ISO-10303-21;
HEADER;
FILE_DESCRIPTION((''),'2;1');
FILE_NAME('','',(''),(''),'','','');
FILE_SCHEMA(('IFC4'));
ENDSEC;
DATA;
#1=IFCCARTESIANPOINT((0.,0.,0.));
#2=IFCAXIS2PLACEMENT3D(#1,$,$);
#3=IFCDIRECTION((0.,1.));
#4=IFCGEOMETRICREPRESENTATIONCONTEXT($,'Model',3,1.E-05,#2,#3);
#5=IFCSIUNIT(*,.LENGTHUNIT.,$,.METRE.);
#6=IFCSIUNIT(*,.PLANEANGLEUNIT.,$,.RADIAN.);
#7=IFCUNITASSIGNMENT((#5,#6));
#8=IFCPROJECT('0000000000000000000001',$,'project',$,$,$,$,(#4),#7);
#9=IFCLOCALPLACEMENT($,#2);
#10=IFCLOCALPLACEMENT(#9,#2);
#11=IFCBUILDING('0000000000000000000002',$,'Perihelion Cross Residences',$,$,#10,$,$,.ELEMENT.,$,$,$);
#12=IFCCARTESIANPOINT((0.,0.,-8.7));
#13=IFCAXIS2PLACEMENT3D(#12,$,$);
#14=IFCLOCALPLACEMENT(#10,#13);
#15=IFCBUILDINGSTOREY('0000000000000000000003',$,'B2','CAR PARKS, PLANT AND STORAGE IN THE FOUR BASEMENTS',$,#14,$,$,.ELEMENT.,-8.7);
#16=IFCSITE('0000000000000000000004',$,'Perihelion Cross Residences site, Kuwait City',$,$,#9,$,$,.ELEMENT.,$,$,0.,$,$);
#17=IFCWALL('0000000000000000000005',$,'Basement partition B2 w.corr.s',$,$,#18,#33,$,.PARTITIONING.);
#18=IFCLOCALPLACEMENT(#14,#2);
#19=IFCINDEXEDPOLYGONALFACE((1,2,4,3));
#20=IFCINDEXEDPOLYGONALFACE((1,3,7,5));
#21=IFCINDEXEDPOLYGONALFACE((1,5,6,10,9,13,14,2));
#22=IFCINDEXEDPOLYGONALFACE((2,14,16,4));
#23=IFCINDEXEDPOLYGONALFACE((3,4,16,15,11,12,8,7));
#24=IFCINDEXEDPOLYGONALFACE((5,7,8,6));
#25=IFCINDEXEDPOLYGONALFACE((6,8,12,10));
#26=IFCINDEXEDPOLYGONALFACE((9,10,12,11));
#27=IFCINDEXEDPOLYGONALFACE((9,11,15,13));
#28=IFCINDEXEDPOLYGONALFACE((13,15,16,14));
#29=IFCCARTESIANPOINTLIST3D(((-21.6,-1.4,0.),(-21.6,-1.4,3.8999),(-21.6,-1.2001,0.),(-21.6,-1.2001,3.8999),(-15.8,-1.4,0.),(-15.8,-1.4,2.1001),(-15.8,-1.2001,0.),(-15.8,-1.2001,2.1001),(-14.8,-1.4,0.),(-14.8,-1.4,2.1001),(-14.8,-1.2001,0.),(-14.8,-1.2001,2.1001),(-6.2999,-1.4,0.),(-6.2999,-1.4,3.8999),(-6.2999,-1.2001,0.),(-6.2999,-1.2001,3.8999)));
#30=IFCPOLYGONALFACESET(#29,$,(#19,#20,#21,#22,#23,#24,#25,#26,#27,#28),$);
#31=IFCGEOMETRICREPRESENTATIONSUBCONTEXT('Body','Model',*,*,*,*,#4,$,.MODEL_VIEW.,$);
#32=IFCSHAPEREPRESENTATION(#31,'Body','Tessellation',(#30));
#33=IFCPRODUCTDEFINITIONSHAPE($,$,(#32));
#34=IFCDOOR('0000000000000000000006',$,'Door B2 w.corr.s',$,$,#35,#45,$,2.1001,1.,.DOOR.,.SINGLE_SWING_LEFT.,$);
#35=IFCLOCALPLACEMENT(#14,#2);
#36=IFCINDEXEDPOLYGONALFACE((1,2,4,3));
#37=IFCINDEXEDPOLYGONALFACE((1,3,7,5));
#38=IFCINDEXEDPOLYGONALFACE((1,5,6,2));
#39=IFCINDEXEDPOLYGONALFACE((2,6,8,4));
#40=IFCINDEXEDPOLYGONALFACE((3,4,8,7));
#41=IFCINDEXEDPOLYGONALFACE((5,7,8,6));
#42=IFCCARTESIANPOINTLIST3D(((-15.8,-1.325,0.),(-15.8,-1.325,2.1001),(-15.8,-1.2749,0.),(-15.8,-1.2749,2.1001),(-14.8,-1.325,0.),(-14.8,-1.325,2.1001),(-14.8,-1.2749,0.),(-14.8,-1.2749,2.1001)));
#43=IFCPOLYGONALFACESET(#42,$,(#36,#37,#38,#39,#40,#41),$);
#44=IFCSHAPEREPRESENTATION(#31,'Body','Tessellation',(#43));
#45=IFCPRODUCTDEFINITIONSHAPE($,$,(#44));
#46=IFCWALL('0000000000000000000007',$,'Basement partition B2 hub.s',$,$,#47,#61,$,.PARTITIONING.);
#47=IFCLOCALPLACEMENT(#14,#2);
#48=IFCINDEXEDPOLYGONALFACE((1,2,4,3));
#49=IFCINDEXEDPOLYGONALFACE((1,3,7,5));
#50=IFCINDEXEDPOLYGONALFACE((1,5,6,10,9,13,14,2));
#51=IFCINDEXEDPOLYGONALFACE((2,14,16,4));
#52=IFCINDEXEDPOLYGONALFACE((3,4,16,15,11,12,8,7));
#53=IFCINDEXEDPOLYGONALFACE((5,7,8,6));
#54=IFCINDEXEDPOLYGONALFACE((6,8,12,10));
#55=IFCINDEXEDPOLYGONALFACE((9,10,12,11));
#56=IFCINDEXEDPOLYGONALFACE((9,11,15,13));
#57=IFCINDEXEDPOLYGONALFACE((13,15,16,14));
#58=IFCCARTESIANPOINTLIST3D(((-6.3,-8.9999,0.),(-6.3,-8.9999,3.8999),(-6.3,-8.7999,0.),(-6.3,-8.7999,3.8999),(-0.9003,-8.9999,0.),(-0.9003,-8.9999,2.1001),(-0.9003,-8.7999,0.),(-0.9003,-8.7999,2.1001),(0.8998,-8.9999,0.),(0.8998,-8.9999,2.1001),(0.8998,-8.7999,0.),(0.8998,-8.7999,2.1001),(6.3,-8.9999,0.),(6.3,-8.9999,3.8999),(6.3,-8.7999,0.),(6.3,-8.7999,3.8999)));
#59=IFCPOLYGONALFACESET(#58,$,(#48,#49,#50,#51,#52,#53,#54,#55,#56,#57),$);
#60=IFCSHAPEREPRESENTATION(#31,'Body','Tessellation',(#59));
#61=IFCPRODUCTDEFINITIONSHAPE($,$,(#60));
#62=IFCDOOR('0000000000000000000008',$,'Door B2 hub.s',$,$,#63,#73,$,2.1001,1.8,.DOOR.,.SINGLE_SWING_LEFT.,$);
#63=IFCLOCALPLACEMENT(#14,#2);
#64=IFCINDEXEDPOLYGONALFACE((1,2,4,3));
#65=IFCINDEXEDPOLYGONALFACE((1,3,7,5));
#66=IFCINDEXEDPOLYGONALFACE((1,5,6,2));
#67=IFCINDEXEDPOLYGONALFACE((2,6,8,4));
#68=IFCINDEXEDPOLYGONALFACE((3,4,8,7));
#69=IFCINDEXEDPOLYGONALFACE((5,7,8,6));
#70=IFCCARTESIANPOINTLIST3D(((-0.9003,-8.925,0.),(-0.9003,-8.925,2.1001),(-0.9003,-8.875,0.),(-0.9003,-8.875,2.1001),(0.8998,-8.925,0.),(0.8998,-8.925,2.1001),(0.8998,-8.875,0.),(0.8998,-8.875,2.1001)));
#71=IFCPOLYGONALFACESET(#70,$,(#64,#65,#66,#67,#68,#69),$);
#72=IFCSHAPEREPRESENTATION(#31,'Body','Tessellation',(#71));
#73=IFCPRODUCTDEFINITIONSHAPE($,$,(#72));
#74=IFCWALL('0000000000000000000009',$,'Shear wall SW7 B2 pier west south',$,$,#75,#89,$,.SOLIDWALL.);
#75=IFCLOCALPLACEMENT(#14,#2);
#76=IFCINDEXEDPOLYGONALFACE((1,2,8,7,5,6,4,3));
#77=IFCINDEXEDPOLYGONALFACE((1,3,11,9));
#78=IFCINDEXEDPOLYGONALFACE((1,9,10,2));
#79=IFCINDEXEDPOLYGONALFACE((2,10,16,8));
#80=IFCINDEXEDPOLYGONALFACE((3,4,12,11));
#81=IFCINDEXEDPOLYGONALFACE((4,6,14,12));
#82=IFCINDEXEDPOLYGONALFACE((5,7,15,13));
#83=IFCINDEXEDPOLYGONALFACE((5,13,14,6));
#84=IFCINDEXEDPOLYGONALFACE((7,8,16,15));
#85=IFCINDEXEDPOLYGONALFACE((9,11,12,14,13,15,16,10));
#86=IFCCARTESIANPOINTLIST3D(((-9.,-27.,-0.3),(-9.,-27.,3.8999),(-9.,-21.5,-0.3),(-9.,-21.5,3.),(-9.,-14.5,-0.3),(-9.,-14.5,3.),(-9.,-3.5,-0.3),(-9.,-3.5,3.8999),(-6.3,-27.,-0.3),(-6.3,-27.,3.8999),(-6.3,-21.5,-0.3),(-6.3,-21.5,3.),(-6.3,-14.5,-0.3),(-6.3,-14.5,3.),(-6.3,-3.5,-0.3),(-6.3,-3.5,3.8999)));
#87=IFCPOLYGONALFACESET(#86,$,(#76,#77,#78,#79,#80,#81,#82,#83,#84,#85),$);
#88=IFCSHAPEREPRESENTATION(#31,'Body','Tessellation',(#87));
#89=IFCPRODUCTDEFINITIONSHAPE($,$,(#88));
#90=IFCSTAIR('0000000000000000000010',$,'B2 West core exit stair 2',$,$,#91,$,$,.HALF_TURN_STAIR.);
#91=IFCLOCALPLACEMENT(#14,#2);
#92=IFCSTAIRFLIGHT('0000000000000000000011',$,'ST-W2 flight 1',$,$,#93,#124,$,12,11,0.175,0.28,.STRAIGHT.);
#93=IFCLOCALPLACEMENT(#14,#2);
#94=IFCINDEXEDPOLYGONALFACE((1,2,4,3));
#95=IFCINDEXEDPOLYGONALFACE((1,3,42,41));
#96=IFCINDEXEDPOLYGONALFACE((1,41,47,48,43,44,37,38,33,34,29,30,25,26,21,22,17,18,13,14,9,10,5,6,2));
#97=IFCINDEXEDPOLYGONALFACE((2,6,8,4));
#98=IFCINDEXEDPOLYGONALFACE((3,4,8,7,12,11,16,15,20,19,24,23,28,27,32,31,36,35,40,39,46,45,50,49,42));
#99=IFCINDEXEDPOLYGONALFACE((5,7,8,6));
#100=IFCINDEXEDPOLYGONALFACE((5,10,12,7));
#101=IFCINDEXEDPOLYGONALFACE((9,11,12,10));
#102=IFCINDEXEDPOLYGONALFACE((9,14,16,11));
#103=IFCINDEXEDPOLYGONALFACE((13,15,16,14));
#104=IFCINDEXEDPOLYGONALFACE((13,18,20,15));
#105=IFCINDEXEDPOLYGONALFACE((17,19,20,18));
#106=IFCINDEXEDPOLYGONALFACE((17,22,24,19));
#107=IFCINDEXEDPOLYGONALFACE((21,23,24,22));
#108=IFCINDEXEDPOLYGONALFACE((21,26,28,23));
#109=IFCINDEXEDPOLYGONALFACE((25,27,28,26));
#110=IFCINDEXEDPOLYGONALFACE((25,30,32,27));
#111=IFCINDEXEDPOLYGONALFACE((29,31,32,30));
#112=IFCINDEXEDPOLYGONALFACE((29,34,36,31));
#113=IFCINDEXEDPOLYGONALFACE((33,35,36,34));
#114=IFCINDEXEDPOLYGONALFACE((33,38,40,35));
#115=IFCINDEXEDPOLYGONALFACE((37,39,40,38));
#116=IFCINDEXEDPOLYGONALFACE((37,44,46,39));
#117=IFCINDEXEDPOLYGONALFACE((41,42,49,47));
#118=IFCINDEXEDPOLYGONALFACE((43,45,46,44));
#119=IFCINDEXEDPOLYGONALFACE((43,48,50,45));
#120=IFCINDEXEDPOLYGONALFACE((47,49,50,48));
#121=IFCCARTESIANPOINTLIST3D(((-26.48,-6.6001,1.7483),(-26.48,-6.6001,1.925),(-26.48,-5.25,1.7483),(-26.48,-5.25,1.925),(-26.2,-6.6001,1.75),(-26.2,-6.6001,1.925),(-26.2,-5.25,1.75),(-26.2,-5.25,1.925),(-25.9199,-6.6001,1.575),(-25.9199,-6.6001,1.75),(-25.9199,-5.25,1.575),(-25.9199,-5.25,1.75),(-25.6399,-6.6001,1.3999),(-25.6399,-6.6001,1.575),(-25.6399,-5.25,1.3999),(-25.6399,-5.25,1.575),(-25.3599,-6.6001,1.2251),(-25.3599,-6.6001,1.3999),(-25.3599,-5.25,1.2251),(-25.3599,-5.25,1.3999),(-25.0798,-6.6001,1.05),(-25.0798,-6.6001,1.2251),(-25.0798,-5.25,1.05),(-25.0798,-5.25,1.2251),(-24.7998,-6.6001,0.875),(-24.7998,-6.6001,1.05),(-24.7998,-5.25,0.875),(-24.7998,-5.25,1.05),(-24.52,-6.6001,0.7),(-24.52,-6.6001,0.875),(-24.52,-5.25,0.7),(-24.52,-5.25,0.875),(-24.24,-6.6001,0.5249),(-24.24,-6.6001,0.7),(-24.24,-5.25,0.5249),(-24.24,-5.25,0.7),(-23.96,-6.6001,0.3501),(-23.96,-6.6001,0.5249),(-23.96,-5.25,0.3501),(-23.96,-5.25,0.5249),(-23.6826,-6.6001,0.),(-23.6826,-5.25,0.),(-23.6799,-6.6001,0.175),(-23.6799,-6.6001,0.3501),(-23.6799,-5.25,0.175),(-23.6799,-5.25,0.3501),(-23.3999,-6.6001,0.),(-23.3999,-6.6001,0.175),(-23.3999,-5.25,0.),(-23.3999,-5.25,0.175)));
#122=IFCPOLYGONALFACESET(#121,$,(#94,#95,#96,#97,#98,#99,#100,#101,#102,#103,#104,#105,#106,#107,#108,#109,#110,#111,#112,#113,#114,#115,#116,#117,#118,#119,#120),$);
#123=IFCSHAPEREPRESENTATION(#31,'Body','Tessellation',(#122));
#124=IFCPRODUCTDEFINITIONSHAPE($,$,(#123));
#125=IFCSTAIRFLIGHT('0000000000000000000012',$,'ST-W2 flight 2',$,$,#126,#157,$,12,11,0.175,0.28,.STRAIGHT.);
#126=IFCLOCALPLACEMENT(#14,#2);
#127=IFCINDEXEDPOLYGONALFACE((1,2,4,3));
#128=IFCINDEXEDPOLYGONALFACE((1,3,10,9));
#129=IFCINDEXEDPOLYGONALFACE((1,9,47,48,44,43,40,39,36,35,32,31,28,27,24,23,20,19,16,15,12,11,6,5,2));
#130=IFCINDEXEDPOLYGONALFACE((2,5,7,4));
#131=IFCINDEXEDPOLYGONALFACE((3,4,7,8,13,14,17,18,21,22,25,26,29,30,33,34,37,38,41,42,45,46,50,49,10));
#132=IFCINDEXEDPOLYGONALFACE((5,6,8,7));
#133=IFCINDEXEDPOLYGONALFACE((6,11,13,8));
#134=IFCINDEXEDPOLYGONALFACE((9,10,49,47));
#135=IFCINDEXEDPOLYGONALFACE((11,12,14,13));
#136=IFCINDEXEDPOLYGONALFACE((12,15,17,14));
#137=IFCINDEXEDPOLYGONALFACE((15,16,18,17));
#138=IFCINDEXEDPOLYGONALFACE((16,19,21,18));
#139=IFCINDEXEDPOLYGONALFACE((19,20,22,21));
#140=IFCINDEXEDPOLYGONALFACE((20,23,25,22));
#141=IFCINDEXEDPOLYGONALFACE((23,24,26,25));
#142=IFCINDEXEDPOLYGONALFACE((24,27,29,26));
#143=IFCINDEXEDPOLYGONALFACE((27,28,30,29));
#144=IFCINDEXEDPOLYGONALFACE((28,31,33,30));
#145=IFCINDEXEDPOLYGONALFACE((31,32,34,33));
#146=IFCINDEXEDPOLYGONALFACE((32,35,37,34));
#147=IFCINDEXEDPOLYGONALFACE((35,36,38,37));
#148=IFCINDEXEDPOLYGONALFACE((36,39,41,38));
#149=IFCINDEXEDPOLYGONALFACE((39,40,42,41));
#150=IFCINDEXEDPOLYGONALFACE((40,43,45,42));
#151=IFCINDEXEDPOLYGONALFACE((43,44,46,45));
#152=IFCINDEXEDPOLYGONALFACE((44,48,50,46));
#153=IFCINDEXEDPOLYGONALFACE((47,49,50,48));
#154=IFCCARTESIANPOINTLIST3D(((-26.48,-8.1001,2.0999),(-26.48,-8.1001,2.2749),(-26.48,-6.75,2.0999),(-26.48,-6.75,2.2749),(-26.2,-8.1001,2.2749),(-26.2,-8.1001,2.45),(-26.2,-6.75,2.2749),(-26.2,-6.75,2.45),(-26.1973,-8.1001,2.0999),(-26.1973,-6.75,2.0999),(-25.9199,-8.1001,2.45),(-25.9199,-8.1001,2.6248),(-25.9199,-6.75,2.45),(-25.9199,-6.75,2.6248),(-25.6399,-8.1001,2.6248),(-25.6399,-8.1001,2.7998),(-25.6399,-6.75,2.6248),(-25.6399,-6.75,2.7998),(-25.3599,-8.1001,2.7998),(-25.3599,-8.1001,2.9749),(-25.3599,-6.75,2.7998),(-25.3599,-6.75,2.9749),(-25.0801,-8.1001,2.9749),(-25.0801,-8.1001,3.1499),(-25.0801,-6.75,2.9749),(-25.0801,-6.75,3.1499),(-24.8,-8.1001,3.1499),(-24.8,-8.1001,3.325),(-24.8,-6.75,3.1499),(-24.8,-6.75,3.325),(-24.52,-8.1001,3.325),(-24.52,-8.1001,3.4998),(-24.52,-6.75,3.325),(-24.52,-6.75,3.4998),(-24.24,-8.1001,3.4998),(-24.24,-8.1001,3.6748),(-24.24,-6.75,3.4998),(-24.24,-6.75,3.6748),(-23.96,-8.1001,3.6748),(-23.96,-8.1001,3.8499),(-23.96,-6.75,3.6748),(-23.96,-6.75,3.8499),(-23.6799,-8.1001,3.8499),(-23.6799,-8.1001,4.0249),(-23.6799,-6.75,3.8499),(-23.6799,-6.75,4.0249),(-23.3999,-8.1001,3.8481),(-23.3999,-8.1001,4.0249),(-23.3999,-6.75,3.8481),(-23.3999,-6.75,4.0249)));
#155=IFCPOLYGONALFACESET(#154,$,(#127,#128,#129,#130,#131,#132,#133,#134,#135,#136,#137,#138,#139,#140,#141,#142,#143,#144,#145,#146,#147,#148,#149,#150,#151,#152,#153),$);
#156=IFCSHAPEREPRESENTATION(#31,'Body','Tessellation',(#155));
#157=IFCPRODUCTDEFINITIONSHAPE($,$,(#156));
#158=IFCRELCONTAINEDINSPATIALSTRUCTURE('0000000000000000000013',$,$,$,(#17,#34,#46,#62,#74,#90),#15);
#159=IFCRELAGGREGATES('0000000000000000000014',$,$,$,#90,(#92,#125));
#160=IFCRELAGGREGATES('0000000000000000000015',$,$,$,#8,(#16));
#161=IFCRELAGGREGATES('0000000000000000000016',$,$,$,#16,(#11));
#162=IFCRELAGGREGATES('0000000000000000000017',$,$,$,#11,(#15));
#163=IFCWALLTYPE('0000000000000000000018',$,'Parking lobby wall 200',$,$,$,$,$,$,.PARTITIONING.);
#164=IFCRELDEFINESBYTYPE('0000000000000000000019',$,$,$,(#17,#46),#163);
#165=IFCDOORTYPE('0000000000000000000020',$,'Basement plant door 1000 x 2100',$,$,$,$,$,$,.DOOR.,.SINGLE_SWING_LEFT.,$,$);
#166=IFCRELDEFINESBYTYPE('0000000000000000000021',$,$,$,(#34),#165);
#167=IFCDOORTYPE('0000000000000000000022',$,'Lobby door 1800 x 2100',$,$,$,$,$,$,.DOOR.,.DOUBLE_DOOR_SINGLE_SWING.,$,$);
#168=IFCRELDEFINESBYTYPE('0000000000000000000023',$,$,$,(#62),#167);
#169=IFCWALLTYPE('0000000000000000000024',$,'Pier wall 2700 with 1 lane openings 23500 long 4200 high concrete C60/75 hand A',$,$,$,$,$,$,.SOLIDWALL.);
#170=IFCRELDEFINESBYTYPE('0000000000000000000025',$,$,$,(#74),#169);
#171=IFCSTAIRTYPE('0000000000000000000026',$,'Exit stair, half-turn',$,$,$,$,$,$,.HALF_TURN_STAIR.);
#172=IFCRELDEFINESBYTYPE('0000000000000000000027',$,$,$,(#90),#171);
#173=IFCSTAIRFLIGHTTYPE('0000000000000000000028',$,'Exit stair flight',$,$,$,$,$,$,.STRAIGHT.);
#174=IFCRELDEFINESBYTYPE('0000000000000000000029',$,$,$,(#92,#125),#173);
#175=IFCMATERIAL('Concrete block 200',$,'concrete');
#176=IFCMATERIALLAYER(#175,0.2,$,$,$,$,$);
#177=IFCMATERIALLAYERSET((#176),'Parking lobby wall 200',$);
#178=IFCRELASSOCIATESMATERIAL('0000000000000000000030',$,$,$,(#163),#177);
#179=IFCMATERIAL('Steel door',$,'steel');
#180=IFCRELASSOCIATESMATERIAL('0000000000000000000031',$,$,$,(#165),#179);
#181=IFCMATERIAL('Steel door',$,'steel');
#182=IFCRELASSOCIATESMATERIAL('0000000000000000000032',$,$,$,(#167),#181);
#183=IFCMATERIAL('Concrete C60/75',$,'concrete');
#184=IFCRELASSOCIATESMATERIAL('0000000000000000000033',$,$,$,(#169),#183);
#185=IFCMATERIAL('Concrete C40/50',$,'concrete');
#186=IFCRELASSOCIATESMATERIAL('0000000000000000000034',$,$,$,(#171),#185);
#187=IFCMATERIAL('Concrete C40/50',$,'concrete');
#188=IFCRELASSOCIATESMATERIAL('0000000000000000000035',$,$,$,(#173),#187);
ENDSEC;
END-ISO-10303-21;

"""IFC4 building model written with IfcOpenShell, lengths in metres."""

from ifc_helpers import new_model, si_unit, direction, frame, frame_2d, origin, place, context, subcontext, project, spatial, polyline, rectangle, outline, extrude, material, layer, layer_set, material_profile, profile_set, type_object, element, fill, aggregate, save


model = new_model("IFC4")

# Units and contexts
model_context = context("Model", 3, precision=1e-05, world=origin(), true_north=direction((0.0, 1.0)))
body_context = subcontext(model_context, "Body", "Model", "MODEL_VIEW")
ifc_project = project(units=[si_unit("LENGTHUNIT", "METRE"), si_unit("PLANEANGLEUNIT", "RADIAN")], contexts=[model_context])

# Site, building, storey
site_placement = place(None, origin())
site = spatial("IfcSite", under=ifc_project, at=site_placement, Name="Perihelion Cross Residences site, Kuwait City", CompositionType="ELEMENT", RefElevation=0.0)
building_placement = place(site_placement, origin())
building = spatial("IfcBuilding", under=site, at=building_placement, Name="Perihelion Cross Residences", CompositionType="ELEMENT")
storey_placement = place(building_placement, frame((0.0, 0.0, -8.7)))
storey = spatial("IfcBuildingStorey", under=building, at=storey_placement, Name="B2", Description="CAR PARKS, PLANT AND STORAGE IN THE FOUR BASEMENTS", CompositionType="ELEMENT", Elevation=-8.7)

# Walls, openings, doors
ifc_material_1 = material(Name="Concrete block 200", Category="concrete")
ifc_layer_1 = layer(ifc_material_1, 0.2)
ifc_layer_set_1 = layer_set([ifc_layer_1], Name="Parking lobby wall 200")
wall_type_1 = type_object("IfcWallType", Name="Parking lobby wall 200", PredefinedType="PARTITIONING", material=ifc_layer_set_1)
wall_1_placement = place(storey_placement, frame((-6.3, -1.3, 0.0), z_axis=(0.0, 0.0, 1.0), x_axis=(-1.0, 0.0, 0.0)))
wall_1 = element("IfcWall", 1, at=wall_1_placement, inside=storey, type_object=wall_type_1, Name="Basement partition B2 w.corr.s", PredefinedType="PARTITIONING", context=body_context, shape_type="SweptSolid", body=[
    extrude(rectangle(XDim=15.3, YDim=0.2, at=frame_2d((7.6499, 0.0))), origin(), (0.0, 0.0, 1.0), 3.8999),
])
opening_1_placement = place(wall_1_placement, frame((8.5, 0.0, 0.0)))
opening_1 = element("IfcOpeningElement", 2, at=opening_1_placement, cuts=wall_1, PredefinedType="OPENING", context=body_context, shape_type="SweptSolid", body=[
    extrude(rectangle(XDim=1.0, YDim=2.1001, at=frame_2d((0.5, 1.05))), frame((0.0, 0.1099, 0.0), z_axis=(0.0, -1.0, 0.0), x_axis=(1.0, 0.0, 0.0)), (0.0, 0.0, 1.0), 0.22),
])
ifc_material_2 = material(Name="Steel door", Category="steel")
door_type_1 = type_object("IfcDoorType", Name="Basement plant door 1000 x 2100", OperationType="SINGLE_SWING_LEFT", PredefinedType="DOOR", material=ifc_material_2)
door_1_placement = place(opening_1_placement, origin())
door_1 = element("IfcDoor", 3, at=door_1_placement, inside=storey, type_object=door_type_1, Name="Door B2 w.corr.s", OperationType="SINGLE_SWING_LEFT", OverallHeight=2.1001, OverallWidth=1.0, PredefinedType="DOOR", context=body_context, shape_type="SweptSolid", body=[
    extrude(rectangle(XDim=1.0, YDim=2.1001, at=frame_2d((0.5, 1.05))), frame((0.0, 0.0249, 0.0), z_axis=(0.0, -1.0, 0.0), x_axis=(1.0, 0.0, 0.0)), (0.0, 0.0, 1.0), 0.05),
])
fill(opening_1, door_1)
wall_2_placement = place(storey_placement, frame((-6.3, -8.8999, 0.0), z_axis=(0.0, 0.0, 1.0), x_axis=(1.0, 0.0, 0.0)))
wall_2 = element("IfcWall", 4, at=wall_2_placement, inside=storey, type_object=wall_type_1, Name="Basement partition B2 hub.s", PredefinedType="PARTITIONING", context=body_context, shape_type="SweptSolid", body=[
    extrude(rectangle(XDim=12.6001, YDim=0.2, at=frame_2d((6.3, 0.0))), origin(), (0.0, 0.0, 1.0), 3.8999),
])
opening_2_placement = place(wall_2_placement, frame((5.3999, 0.0, 0.0)))
opening_2 = element("IfcOpeningElement", 5, at=opening_2_placement, cuts=wall_2, PredefinedType="OPENING", context=body_context, shape_type="SweptSolid", body=[
    extrude(rectangle(XDim=1.8, YDim=2.1001, at=frame_2d((0.8999, 1.05))), frame((0.0, 0.1099, 0.0), z_axis=(0.0, -1.0, 0.0), x_axis=(1.0, 0.0, 0.0)), (0.0, 0.0, 1.0), 0.22),
])
ifc_material_3 = material(Name="Steel door", Category="steel")
door_type_2 = type_object("IfcDoorType", Name="Lobby door 1800 x 2100", OperationType="DOUBLE_DOOR_SINGLE_SWING", PredefinedType="DOOR", material=ifc_material_3)
door_2_placement = place(opening_2_placement, origin())
door_2 = element("IfcDoor", 6, at=door_2_placement, inside=storey, type_object=door_type_2, Name="Door B2 hub.s", OperationType="SINGLE_SWING_LEFT", OverallHeight=2.1001, OverallWidth=1.8, PredefinedType="DOOR", context=body_context, shape_type="SweptSolid", body=[
    extrude(rectangle(XDim=1.8, YDim=2.1001, at=frame_2d((0.8999, 1.05))), frame((0.0, 0.0249, 0.0), z_axis=(0.0, -1.0, 0.0), x_axis=(1.0, 0.0, 0.0)), (0.0, 0.0, 1.0), 0.05),
])
fill(opening_2, door_2)

# Wall
ifc_material_4 = material(Name="Concrete C60/75", Category="concrete")
ifc_material_profile_1 = material_profile(ifc_material_4, outline(polyline([(0.0, 0.0), (5.5, 0.0), (5.5, 3.3), (12.5, 3.3), (12.5, 0.0), (23.5, 0.0), (23.5, 4.2), (0.0, 4.2), (0.0, 0.0)])), Name="Pier wall")
ifc_profile_set_1 = profile_set([ifc_material_profile_1], Name="Concrete C60/75")
wall_type_2 = type_object("IfcWallType", Name="Pier wall 2700 with 1 lane openings 23500 long 4200 high concrete C60/75 hand A", PredefinedType="SOLIDWALL", material=ifc_profile_set_1)
wall_3_placement = place(storey_placement, frame((-9.0, -27.0, -0.3), z_axis=(1.0, 0.0, 0.0), x_axis=(0.0, 1.0, 0.0)))
element("IfcWall", 7, at=wall_3_placement, inside=storey, type_object=wall_type_2, Name="Shear wall SW7 B2 pier west south", PredefinedType="SOLIDWALL", context=body_context, shape_type="SweptSolid", body=[
    extrude(outline(polyline([(0.0, 0.0), (5.5, 0.0), (5.5, 3.3), (12.5, 3.3), (12.5, 0.0), (23.5, 0.0), (23.5, 4.2), (0.0, 4.2), (0.0, 0.0)])), origin(), (0.0, 0.0, 1.0), 2.7),
])

# Stair, stair flights
ifc_material_5 = material(Name="Concrete C40/50", Category="concrete")
stair_type = type_object("IfcStairType", Name="Exit stair, half-turn", PredefinedType="HALF_TURN_STAIR", material=ifc_material_5)
stair_placement = place(storey_placement, origin())
stair = element("IfcStair", 8, at=stair_placement, inside=storey, type_object=stair_type, Name="B2 West core exit stair 2", PredefinedType="HALF_TURN_STAIR")
ifc_material_6 = material(Name="Concrete C40/50", Category="concrete")
stair_flight_type = type_object("IfcStairFlightType", Name="Exit stair flight", PredefinedType="STRAIGHT", material=ifc_material_6)
stair_flight_1_placement = place(storey_placement, frame((-23.3999, -5.925, 0.0), z_axis=(0.0, 0.0, 1.0), x_axis=(-1.0, 0.0, 0.0)))
stair_flight_1 = element("IfcStairFlight", 9, at=stair_flight_1_placement, type_object=stair_flight_type, Name="ST-W2 flight 1", NumberOfRisers=12, NumberOfTreads=11, PredefinedType="STRAIGHT", RiserHeight=0.175, TreadLength=0.28, context=body_context, shape_type="SweptSolid", body=[
    extrude(outline(polyline([(0.0, 0.0), (0.0, 0.175), (0.28, 0.175), (0.28, 0.3501), (0.5601, 0.3501), (0.5601, 0.5249), (0.8401, 0.5249), (0.8401, 0.7), (1.1201, 0.7), (1.1201, 0.875), (1.3999, 0.875), (1.3999, 1.05), (1.6799, 1.05), (1.6799, 1.2251), (1.96, 1.2251), (1.96, 1.3999), (2.24, 1.3999), (2.24, 1.575), (2.52, 1.575), (2.52, 1.75), (2.8, 1.75), (2.8, 1.925), (3.0801, 1.925), (3.0801, 2.1001), (3.0801, 1.7483), (0.2827, 0.0), (0.0, 0.0)])), frame((0.0, 0.675, 0.0), z_axis=(0.0, -1.0, 0.0), x_axis=(1.0, 0.0, 0.0)), (0.0, 0.0, 1.0), 1.3501),
])
stair_flight_2_placement = place(storey_placement, frame((-26.48, -7.425, 2.0999), z_axis=(0.0, 0.0, 1.0), x_axis=(1.0, 0.0, 0.0)))
stair_flight_2 = element("IfcStairFlight", 10, at=stair_flight_2_placement, type_object=stair_flight_type, Name="ST-W2 flight 2", NumberOfRisers=12, NumberOfTreads=11, PredefinedType="STRAIGHT", RiserHeight=0.175, TreadLength=0.28, context=body_context, shape_type="SweptSolid", body=[
    extrude(outline(polyline([(0.0, 0.0), (0.0, 0.175), (0.28, 0.175), (0.28, 0.3501), (0.5601, 0.3501), (0.5601, 0.5249), (0.8401, 0.5249), (0.8401, 0.7), (1.1201, 0.7), (1.1201, 0.875), (1.3999, 0.875), (1.3999, 1.05), (1.6799, 1.05), (1.6799, 1.2251), (1.96, 1.2251), (1.96, 1.3999), (2.24, 1.3999), (2.24, 1.575), (2.52, 1.575), (2.52, 1.75), (2.8, 1.75), (2.8, 1.925), (3.0801, 1.925), (3.0801, 2.1001), (3.0801, 1.7483), (0.2827, 0.0), (0.0, 0.0)])), frame((0.0, 0.675, 0.0), z_axis=(0.0, -1.0, 0.0), x_axis=(1.0, 0.0, 0.0)), (0.0, 0.0, 1.0), 1.3501),
])
aggregate(stair, [stair_flight_1, stair_flight_2])

save(model, "model.ifc")
